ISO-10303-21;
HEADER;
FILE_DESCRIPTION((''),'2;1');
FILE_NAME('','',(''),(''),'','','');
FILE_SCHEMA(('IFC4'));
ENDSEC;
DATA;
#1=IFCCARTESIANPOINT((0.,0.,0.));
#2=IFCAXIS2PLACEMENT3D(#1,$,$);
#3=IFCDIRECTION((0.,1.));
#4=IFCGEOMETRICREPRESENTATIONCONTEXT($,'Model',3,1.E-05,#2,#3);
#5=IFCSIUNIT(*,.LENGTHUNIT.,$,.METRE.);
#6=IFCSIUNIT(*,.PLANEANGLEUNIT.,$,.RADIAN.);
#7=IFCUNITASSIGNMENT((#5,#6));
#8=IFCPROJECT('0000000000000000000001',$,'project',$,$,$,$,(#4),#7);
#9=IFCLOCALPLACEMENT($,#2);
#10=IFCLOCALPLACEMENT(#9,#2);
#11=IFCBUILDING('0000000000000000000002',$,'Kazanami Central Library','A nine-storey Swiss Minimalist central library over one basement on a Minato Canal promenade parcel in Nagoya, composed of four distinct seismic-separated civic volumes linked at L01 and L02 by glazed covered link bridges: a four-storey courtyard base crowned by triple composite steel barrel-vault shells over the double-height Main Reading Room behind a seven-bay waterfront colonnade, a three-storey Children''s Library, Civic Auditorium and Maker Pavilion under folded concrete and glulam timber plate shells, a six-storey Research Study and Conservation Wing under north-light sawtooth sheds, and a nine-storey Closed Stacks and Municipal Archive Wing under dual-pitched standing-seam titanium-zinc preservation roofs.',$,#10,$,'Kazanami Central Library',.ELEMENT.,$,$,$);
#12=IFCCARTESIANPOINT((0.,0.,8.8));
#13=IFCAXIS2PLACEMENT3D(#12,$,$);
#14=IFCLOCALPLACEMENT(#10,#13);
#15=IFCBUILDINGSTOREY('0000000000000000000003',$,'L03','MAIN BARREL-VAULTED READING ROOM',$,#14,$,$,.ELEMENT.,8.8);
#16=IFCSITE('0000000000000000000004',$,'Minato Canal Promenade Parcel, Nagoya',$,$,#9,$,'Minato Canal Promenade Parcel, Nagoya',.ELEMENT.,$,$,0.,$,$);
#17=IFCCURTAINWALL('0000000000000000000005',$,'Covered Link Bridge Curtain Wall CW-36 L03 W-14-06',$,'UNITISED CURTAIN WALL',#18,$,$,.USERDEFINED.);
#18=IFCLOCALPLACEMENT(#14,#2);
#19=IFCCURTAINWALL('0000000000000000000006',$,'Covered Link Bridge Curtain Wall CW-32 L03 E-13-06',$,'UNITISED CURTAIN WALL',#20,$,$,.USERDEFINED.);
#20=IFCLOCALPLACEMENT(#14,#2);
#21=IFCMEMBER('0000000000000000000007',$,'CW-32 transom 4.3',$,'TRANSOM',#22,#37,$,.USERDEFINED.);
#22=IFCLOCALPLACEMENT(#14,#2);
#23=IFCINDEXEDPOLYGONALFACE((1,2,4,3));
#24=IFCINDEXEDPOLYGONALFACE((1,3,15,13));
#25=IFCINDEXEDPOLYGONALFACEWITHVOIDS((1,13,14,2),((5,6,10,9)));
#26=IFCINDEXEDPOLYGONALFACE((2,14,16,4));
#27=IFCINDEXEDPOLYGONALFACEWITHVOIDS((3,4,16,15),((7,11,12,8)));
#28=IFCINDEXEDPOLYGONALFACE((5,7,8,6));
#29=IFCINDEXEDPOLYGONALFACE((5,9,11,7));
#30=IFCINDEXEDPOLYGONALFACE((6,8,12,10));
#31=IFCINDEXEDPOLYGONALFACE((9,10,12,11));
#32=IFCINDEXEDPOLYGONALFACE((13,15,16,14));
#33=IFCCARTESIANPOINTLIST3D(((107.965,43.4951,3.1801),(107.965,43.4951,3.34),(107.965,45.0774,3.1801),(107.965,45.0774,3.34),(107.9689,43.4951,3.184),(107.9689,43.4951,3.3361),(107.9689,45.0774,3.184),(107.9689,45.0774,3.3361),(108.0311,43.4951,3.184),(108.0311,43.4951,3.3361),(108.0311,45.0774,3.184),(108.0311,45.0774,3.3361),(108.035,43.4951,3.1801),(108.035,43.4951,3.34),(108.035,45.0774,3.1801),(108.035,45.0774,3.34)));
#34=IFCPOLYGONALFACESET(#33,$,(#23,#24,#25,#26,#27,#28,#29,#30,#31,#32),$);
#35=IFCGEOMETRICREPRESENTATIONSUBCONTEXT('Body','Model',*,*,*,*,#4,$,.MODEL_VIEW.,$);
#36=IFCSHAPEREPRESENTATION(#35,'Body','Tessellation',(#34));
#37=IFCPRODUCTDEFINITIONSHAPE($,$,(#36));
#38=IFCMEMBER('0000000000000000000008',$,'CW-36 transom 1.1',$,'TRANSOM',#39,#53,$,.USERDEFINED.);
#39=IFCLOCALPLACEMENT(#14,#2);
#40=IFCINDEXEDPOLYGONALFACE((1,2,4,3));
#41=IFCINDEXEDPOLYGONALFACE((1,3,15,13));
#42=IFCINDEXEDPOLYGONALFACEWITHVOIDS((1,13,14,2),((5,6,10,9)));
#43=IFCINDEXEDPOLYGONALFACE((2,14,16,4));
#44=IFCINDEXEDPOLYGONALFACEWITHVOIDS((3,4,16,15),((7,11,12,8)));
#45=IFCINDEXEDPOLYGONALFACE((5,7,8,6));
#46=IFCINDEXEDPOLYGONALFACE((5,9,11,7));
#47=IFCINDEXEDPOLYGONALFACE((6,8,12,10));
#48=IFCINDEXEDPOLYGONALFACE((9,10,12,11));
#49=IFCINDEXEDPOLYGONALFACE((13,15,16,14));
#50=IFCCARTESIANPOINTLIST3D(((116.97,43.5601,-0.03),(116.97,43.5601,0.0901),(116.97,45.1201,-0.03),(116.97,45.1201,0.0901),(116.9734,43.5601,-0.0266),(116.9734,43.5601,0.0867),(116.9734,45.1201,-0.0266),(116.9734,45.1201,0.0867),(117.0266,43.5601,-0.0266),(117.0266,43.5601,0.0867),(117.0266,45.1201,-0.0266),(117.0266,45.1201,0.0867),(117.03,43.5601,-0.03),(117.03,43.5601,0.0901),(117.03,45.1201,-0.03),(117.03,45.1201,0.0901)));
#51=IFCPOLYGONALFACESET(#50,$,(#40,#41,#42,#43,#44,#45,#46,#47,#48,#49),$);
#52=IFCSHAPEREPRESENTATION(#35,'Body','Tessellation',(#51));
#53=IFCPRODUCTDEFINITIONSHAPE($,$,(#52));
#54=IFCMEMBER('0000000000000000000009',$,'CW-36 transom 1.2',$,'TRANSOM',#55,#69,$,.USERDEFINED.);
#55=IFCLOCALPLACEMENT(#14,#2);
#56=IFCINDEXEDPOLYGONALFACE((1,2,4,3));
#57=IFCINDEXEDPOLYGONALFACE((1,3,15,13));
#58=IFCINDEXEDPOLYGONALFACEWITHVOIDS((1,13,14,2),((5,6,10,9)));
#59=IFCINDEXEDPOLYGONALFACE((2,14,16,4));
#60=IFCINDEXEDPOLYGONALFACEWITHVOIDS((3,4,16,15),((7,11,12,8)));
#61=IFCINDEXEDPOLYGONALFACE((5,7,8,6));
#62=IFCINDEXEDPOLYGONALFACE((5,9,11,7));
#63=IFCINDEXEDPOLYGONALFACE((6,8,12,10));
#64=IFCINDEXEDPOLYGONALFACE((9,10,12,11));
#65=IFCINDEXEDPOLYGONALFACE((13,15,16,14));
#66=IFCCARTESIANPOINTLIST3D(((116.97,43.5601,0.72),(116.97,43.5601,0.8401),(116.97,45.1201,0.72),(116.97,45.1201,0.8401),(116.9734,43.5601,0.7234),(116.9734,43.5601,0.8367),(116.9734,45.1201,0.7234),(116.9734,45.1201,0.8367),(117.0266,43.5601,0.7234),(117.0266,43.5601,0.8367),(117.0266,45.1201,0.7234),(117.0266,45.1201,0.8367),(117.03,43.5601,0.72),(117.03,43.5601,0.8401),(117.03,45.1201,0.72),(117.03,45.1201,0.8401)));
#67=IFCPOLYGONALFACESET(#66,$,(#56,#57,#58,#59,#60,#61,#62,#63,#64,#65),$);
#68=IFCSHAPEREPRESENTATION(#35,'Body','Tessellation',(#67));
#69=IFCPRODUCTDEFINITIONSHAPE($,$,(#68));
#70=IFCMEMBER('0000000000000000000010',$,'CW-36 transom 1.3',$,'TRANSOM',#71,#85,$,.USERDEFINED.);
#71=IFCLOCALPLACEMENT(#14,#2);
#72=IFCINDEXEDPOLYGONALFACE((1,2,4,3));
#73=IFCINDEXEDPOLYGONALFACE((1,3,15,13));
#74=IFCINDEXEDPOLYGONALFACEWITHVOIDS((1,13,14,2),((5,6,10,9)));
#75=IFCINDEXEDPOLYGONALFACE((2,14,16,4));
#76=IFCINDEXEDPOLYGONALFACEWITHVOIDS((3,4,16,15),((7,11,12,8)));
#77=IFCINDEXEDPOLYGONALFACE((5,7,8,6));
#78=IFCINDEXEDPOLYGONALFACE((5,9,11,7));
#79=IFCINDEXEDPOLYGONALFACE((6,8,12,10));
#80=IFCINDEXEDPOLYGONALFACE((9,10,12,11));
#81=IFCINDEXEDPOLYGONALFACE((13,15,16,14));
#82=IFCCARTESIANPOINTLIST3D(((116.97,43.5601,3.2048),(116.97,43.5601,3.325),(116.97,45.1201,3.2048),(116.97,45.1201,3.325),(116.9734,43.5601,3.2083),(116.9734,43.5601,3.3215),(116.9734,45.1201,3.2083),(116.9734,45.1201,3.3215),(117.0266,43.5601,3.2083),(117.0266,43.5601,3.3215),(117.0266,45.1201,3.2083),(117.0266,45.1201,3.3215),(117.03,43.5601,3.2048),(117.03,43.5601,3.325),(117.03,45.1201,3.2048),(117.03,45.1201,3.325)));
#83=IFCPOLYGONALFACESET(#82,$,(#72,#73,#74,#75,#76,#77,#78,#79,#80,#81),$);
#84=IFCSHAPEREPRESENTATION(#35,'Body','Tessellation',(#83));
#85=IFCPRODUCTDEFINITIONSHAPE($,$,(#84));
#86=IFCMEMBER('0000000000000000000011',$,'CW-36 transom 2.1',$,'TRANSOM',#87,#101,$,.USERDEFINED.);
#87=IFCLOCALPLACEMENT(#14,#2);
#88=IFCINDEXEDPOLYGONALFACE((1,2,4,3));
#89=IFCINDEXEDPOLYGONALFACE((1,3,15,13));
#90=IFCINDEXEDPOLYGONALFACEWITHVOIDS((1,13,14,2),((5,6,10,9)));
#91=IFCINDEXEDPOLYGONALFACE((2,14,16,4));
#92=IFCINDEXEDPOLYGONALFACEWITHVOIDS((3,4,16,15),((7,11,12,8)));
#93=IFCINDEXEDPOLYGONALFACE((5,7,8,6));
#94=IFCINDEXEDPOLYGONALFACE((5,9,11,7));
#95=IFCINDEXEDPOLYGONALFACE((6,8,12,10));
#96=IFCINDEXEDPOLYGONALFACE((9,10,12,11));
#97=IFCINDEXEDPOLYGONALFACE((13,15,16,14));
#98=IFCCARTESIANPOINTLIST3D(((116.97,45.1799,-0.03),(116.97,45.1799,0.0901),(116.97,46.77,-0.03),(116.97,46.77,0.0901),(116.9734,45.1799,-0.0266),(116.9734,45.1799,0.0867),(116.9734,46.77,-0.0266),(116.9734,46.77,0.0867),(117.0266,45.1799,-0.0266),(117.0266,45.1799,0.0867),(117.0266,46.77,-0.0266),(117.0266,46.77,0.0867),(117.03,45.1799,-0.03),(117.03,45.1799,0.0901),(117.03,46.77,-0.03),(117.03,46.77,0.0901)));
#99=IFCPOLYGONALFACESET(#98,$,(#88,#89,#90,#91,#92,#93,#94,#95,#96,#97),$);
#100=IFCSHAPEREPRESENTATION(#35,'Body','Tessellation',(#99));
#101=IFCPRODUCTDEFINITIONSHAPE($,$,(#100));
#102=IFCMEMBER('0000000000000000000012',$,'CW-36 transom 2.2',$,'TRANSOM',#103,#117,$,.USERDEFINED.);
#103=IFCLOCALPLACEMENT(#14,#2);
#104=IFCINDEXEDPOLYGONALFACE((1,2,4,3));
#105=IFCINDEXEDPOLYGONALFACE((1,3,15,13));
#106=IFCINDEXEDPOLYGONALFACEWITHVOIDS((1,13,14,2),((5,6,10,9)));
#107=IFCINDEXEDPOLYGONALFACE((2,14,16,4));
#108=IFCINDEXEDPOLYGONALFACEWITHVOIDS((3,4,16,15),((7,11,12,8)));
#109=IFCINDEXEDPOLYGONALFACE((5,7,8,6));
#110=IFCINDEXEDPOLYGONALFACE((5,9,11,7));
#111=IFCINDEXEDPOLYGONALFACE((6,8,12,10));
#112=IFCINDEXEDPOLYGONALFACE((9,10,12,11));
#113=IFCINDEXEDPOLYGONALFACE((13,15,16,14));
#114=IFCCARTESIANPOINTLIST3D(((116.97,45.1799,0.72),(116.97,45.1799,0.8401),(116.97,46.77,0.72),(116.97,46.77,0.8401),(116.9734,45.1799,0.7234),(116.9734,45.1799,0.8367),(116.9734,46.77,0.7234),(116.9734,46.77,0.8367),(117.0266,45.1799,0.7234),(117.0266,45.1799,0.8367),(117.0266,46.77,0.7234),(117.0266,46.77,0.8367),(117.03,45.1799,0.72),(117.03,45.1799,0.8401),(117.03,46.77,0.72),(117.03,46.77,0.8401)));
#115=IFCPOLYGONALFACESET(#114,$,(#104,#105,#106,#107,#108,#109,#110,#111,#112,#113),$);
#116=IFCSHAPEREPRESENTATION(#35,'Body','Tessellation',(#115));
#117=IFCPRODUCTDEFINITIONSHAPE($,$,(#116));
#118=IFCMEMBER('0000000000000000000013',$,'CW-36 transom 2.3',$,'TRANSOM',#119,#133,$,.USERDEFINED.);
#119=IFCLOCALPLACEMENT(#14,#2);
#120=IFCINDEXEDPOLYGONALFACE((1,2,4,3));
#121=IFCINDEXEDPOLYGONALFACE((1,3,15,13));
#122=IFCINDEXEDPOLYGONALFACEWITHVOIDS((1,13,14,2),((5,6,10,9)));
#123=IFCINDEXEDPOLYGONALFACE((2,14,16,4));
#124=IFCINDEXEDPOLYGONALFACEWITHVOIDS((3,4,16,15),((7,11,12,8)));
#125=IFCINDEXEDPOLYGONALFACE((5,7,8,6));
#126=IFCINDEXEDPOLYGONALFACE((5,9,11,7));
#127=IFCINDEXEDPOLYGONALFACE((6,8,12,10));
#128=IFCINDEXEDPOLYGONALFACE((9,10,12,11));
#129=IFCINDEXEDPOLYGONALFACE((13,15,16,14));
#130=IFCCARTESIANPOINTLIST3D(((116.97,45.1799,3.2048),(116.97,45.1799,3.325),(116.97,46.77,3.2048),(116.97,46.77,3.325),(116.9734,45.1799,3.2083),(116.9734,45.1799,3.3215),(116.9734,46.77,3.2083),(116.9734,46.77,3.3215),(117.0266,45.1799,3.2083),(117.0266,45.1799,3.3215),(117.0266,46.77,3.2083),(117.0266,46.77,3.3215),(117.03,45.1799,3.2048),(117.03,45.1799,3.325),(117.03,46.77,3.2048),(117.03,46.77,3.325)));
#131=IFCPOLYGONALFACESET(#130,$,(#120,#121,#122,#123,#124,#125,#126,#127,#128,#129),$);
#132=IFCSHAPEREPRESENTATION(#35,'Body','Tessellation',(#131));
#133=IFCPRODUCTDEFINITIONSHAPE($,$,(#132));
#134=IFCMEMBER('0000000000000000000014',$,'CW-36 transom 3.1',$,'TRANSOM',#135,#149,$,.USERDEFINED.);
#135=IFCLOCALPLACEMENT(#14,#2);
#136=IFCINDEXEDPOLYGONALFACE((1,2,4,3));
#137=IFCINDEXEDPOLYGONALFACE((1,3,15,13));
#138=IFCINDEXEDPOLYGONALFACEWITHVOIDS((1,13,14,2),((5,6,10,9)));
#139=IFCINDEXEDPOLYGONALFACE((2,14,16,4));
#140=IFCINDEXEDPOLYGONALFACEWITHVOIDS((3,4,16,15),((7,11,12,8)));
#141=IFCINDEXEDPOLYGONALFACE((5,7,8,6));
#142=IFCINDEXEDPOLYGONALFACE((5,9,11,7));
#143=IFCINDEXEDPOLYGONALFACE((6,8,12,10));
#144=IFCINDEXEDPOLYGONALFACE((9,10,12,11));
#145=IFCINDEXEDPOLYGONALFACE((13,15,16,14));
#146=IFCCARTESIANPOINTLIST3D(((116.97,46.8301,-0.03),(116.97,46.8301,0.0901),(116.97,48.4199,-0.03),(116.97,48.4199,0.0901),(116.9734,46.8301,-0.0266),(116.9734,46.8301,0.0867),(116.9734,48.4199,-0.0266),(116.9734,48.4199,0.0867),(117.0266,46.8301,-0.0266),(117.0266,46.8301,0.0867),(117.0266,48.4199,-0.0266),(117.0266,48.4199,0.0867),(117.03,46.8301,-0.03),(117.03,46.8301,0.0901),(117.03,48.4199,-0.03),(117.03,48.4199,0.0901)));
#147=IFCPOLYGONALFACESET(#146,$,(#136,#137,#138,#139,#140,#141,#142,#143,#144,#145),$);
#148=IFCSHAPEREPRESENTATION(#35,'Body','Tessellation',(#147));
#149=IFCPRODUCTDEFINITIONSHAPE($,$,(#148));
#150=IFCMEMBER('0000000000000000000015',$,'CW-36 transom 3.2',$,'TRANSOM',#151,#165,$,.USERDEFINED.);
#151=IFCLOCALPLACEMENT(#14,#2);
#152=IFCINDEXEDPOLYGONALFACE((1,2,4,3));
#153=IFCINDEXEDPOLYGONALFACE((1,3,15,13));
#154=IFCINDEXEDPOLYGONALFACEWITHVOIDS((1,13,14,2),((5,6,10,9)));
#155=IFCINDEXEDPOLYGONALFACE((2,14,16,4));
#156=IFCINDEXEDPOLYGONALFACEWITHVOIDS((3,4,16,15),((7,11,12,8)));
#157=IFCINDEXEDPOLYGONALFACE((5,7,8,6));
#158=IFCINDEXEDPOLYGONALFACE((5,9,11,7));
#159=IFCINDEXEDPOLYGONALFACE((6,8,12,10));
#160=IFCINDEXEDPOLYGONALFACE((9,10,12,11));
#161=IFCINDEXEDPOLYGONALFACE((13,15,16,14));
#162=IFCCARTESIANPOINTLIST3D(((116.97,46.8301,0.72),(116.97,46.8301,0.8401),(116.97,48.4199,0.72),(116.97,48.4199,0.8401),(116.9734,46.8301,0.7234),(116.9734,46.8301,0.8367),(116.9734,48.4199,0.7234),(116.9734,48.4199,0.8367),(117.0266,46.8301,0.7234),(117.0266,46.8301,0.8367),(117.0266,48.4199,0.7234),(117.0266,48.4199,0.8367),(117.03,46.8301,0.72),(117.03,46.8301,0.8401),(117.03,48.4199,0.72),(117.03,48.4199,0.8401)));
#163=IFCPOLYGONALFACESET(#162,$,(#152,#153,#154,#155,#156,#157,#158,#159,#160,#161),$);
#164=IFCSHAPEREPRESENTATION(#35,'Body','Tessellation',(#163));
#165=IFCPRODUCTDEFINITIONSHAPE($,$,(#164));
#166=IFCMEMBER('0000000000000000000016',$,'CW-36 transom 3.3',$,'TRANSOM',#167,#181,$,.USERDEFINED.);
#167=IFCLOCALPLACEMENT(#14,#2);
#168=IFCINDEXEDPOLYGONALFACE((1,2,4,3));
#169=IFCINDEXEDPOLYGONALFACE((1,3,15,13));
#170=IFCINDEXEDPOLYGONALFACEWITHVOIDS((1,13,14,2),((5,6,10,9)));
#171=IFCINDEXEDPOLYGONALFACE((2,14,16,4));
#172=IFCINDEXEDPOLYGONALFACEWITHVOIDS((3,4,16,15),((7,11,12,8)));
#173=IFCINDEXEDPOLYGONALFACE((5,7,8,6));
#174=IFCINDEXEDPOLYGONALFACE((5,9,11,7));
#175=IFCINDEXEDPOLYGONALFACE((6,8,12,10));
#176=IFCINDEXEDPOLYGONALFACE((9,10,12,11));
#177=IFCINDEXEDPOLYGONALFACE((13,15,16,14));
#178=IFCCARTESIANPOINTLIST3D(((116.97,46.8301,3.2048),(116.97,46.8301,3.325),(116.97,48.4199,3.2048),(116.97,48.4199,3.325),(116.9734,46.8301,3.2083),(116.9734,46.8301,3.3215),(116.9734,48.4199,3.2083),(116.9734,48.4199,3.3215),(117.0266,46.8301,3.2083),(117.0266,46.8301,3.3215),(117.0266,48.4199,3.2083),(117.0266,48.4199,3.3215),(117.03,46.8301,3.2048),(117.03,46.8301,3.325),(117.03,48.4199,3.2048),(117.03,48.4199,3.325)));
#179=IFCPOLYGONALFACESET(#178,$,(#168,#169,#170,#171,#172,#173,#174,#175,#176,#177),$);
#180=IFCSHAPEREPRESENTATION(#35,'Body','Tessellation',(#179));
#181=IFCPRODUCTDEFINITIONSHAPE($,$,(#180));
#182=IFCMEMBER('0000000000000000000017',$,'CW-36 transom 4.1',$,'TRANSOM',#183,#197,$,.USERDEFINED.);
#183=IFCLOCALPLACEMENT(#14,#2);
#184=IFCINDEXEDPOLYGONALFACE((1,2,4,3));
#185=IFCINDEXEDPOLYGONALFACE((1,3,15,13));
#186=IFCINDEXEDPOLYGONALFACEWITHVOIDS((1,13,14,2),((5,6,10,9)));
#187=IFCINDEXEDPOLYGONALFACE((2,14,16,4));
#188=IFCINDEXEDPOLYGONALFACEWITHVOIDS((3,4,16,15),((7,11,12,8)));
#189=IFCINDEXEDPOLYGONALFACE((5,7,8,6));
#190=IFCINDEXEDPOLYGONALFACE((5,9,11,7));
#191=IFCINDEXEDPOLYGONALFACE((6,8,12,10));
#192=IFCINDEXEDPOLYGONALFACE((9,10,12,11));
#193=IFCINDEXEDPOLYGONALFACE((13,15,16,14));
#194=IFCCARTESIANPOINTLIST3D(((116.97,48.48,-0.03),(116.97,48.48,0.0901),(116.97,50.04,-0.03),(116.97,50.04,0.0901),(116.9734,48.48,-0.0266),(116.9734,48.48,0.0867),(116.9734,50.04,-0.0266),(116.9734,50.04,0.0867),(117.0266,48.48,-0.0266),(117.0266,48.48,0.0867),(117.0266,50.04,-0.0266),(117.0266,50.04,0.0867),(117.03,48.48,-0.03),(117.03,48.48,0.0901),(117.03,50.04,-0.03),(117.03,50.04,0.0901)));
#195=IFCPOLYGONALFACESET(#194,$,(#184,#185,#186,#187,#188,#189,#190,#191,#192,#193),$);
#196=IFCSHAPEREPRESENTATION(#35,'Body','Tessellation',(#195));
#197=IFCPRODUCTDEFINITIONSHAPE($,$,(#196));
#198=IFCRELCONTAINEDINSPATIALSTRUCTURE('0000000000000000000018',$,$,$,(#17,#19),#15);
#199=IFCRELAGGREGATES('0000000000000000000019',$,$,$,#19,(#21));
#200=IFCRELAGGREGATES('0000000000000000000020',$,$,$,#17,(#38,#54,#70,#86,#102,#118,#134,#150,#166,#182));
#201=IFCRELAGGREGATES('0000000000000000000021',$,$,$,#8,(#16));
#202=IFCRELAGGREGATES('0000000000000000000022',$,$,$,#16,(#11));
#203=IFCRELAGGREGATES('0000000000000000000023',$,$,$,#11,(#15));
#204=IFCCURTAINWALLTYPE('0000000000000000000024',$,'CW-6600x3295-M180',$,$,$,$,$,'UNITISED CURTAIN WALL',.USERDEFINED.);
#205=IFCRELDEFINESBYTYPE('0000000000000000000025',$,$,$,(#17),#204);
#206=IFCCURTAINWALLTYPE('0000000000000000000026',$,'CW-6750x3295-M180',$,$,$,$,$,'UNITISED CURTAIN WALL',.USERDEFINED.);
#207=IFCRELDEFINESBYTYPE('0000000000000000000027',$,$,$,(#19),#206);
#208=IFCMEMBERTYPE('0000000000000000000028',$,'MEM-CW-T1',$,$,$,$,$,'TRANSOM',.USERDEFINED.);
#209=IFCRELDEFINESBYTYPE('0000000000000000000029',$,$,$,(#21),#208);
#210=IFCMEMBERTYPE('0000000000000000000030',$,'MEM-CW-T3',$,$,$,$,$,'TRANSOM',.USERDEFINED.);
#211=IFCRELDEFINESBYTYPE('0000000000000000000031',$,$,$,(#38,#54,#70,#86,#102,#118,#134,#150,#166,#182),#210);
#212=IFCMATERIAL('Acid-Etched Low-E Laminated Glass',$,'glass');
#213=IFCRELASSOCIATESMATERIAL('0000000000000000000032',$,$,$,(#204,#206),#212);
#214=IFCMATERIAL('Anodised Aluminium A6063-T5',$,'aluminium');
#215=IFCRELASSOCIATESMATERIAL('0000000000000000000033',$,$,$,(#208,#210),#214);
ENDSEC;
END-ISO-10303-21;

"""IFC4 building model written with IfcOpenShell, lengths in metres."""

from ifc_helpers import new_model, si_unit, direction, frame, origin, origin_2d, place, context, subcontext, project, spatial, hollow_rectangle, extrude, material, material_profile, profile_set, type_object, element, aggregate, save


model = new_model("IFC4")

# Units and contexts
model_context = context("Model", 3, precision=1e-05, world=origin(), true_north=direction((0.0, 1.0)))
body_context = subcontext(model_context, "Body", "Model", "MODEL_VIEW")
ifc_project = project(units=[si_unit("LENGTHUNIT", "METRE"), si_unit("PLANEANGLEUNIT", "RADIAN")], contexts=[model_context])

# Site, building, storey
site_placement = place(None, origin())
site = spatial("IfcSite", under=ifc_project, at=site_placement, Name="Minato Canal Promenade Parcel, Nagoya", LongName="Minato Canal Promenade Parcel, Nagoya", CompositionType="ELEMENT", RefElevation=0.0)
building_placement = place(site_placement, origin())
building = spatial("IfcBuilding", under=site, at=building_placement, Name="Kazanami Central Library", Description="A nine-storey Swiss Minimalist central library over one basement on a Minato Canal promenade parcel in Nagoya, composed of four distinct seismic-separated civic volumes linked at L01 and L02 by glazed covered link bridges: a four-storey courtyard base crowned by triple composite steel barrel-vault shells over the double-height Main Reading Room behind a seven-bay waterfront colonnade, a three-storey Children's Library, Civic Auditorium and Maker Pavilion under folded concrete and glulam timber plate shells, a six-storey Research Study and Conservation Wing under north-light sawtooth sheds, and a nine-storey Closed Stacks and Municipal Archive Wing under dual-pitched standing-seam titanium-zinc preservation roofs.", LongName="Kazanami Central Library", CompositionType="ELEMENT")
storey_placement = place(building_placement, frame((0.0, 0.0, 8.8)))
storey = spatial("IfcBuildingStorey", under=building, at=storey_placement, Name="L03", Description="MAIN BARREL-VAULTED READING ROOM", CompositionType="ELEMENT", Elevation=8.8)

# Curtain walls, member
ifc_material_1 = material(Name="Acid-Etched Low-E Laminated Glass", Category="glass")
curtain_wall_type_1 = type_object("IfcCurtainWallType", Name="CW-6600x3295-M180", ElementType="UNITISED CURTAIN WALL", PredefinedType="USERDEFINED", material=ifc_material_1)
curtain_wall_1_placement = place(storey_placement, origin())
curtain_wall_1 = element("IfcCurtainWall", 1, at=curtain_wall_1_placement, inside=storey, type_object=curtain_wall_type_1, Name="Covered Link Bridge Curtain Wall CW-36 L03 W-14-06", ObjectType="UNITISED CURTAIN WALL", PredefinedType="USERDEFINED")
ifc_material_2 = material(Name="Anodised Aluminium A6063-T5", Category="aluminium")
curtain_wall_type_2 = type_object("IfcCurtainWallType", Name="CW-6750x3295-M180", ElementType="UNITISED CURTAIN WALL", PredefinedType="USERDEFINED", material=ifc_material_1)
curtain_wall_2_placement = place(storey_placement, origin())
curtain_wall_2 = element("IfcCurtainWall", 2, at=curtain_wall_2_placement, inside=storey, type_object=curtain_wall_type_2, Name="Covered Link Bridge Curtain Wall CW-32 L03 E-13-06", ObjectType="UNITISED CURTAIN WALL", PredefinedType="USERDEFINED")
ifc_material_profile_1 = material_profile(ifc_material_2, hollow_rectangle(XDim=0.0701, YDim=0.1599, WallThickness=0.0039, at=origin_2d()), Name="ALU-TRAN-70x160x4")
ifc_profile_set_1 = profile_set([ifc_material_profile_1], Name="Anodised Aluminium A6063-T5")
member_type_1 = type_object("IfcMemberType", Name="MEM-CW-T1", ElementType="TRANSOM", PredefinedType="USERDEFINED", material=ifc_profile_set_1)
member_1_placement = place(storey_placement, frame((108.0, 45.0774, 3.26), z_axis=(0.0, -1.0, 0.0), x_axis=(1.0, 0.0, 0.0)))
member_1 = element("IfcMember", 3, at=member_1_placement, type_object=member_type_1, Name="CW-32 transom 4.3", ObjectType="TRANSOM", PredefinedType="USERDEFINED", context=body_context, shape_type="SweptSolid", body=[
    extrude(hollow_rectangle(XDim=0.0701, YDim=0.1599, WallThickness=0.0039, at=origin_2d()), origin(), (0.0, 0.0, 1.0), 1.5823),
])

# Members
ifc_material_profile_2 = material_profile(ifc_material_2, hollow_rectangle(XDim=0.0601, YDim=0.1201, WallThickness=0.0034, at=origin_2d()), Name="ALU-TRAN-60x120x3.5")
ifc_profile_set_2 = profile_set([ifc_material_profile_2], Name="Anodised Aluminium A6063-T5")
member_type_2 = type_object("IfcMemberType", Name="MEM-CW-T3", ElementType="TRANSOM", PredefinedType="USERDEFINED", material=ifc_profile_set_2)
member_2_placement = place(storey_placement, frame((117.0, 43.5601, 0.03), z_axis=(0.0, 1.0, 0.0), x_axis=(-1.0, 0.0, 0.0)))
member_2 = element("IfcMember", 4, at=member_2_placement, type_object=member_type_2, Name="CW-36 transom 1.1", ObjectType="TRANSOM", PredefinedType="USERDEFINED", context=body_context, shape_type="SweptSolid", body=[
    extrude(hollow_rectangle(XDim=0.0601, YDim=0.1201, WallThickness=0.0034, at=origin_2d()), origin(), (0.0, 0.0, 1.0), 1.5601),
])
member_3_placement = place(storey_placement, frame((117.0, 43.5601, 0.78), z_axis=(0.0, 1.0, 0.0), x_axis=(-1.0, 0.0, 0.0)))
member_3 = element("IfcMember", 5, at=member_3_placement, type_object=member_type_2, Name="CW-36 transom 1.2", ObjectType="TRANSOM", PredefinedType="USERDEFINED", context=body_context, shape_type="SweptSolid", body=[
    extrude(hollow_rectangle(XDim=0.0601, YDim=0.1201, WallThickness=0.0034, at=origin_2d()), origin(), (0.0, 0.0, 1.0), 1.5601),
])
member_4_placement = place(storey_placement, frame((117.0, 43.5601, 3.2649), z_axis=(0.0, 1.0, 0.0), x_axis=(-1.0, 0.0, 0.0)))
member_4 = element("IfcMember", 6, at=member_4_placement, type_object=member_type_2, Name="CW-36 transom 1.3", ObjectType="TRANSOM", PredefinedType="USERDEFINED", context=body_context, shape_type="SweptSolid", body=[
    extrude(hollow_rectangle(XDim=0.0601, YDim=0.1201, WallThickness=0.0034, at=origin_2d()), origin(), (0.0, 0.0, 1.0), 1.5601),
])
member_5_placement = place(storey_placement, frame((117.0, 45.1799, 0.03), z_axis=(0.0, 1.0, 0.0), x_axis=(-1.0, 0.0, 0.0)))
member_5 = element("IfcMember", 7, at=member_5_placement, type_object=member_type_2, Name="CW-36 transom 2.1", ObjectType="TRANSOM", PredefinedType="USERDEFINED", context=body_context, shape_type="SweptSolid", body=[
    extrude(hollow_rectangle(XDim=0.0601, YDim=0.1201, WallThickness=0.0034, at=origin_2d()), origin(), (0.0, 0.0, 1.0), 1.5901),
])
member_6_placement = place(storey_placement, frame((117.0, 45.1799, 0.78), z_axis=(0.0, 1.0, 0.0), x_axis=(-1.0, 0.0, 0.0)))
member_6 = element("IfcMember", 8, at=member_6_placement, type_object=member_type_2, Name="CW-36 transom 2.2", ObjectType="TRANSOM", PredefinedType="USERDEFINED", context=body_context, shape_type="SweptSolid", body=[
    extrude(hollow_rectangle(XDim=0.0601, YDim=0.1201, WallThickness=0.0034, at=origin_2d()), origin(), (0.0, 0.0, 1.0), 1.5901),
])
member_7_placement = place(storey_placement, frame((117.0, 45.1799, 3.2649), z_axis=(0.0, 1.0, 0.0), x_axis=(-1.0, 0.0, 0.0)))
member_7 = element("IfcMember", 9, at=member_7_placement, type_object=member_type_2, Name="CW-36 transom 2.3", ObjectType="TRANSOM", PredefinedType="USERDEFINED", context=body_context, shape_type="SweptSolid", body=[
    extrude(hollow_rectangle(XDim=0.0601, YDim=0.1201, WallThickness=0.0034, at=origin_2d()), origin(), (0.0, 0.0, 1.0), 1.5901),
])
member_8_placement = place(storey_placement, frame((117.0, 46.8301, 0.03), z_axis=(0.0, 1.0, 0.0), x_axis=(-1.0, 0.0, 0.0)))
member_8 = element("IfcMember", 10, at=member_8_placement, type_object=member_type_2, Name="CW-36 transom 3.1", ObjectType="TRANSOM", PredefinedType="USERDEFINED", context=body_context, shape_type="SweptSolid", body=[
    extrude(hollow_rectangle(XDim=0.0601, YDim=0.1201, WallThickness=0.0034, at=origin_2d()), origin(), (0.0, 0.0, 1.0), 1.5898),
])
member_9_placement = place(storey_placement, frame((117.0, 46.8301, 0.78), z_axis=(0.0, 1.0, 0.0), x_axis=(-1.0, 0.0, 0.0)))
member_9 = element("IfcMember", 11, at=member_9_placement, type_object=member_type_2, Name="CW-36 transom 3.2", ObjectType="TRANSOM", PredefinedType="USERDEFINED", context=body_context, shape_type="SweptSolid", body=[
    extrude(hollow_rectangle(XDim=0.0601, YDim=0.1201, WallThickness=0.0034, at=origin_2d()), origin(), (0.0, 0.0, 1.0), 1.5898),
])
member_10_placement = place(storey_placement, frame((117.0, 46.8301, 3.2649), z_axis=(0.0, 1.0, 0.0), x_axis=(-1.0, 0.0, 0.0)))
member_10 = element("IfcMember", 12, at=member_10_placement, type_object=member_type_2, Name="CW-36 transom 3.3", ObjectType="TRANSOM", PredefinedType="USERDEFINED", context=body_context, shape_type="SweptSolid", body=[
    extrude(hollow_rectangle(XDim=0.0601, YDim=0.1201, WallThickness=0.0034, at=origin_2d()), origin(), (0.0, 0.0, 1.0), 1.5898),
])
member_11_placement = place(storey_placement, frame((117.0, 48.48, 0.03), z_axis=(0.0, 1.0, 0.0), x_axis=(-1.0, 0.0, 0.0)))
member_11 = element("IfcMember", 13, at=member_11_placement, type_object=member_type_2, Name="CW-36 transom 4.1", ObjectType="TRANSOM", PredefinedType="USERDEFINED", context=body_context, shape_type="SweptSolid", body=[
    extrude(hollow_rectangle(XDim=0.0601, YDim=0.1201, WallThickness=0.0034, at=origin_2d()), origin(), (0.0, 0.0, 1.0), 1.5601),
])

aggregate(curtain_wall_2, [member_1])
aggregate(curtain_wall_1, [member_2, member_3, member_4, member_5, member_6, member_7, member_8, member_9, member_10, member_11])

save(model, "model.ifc")
